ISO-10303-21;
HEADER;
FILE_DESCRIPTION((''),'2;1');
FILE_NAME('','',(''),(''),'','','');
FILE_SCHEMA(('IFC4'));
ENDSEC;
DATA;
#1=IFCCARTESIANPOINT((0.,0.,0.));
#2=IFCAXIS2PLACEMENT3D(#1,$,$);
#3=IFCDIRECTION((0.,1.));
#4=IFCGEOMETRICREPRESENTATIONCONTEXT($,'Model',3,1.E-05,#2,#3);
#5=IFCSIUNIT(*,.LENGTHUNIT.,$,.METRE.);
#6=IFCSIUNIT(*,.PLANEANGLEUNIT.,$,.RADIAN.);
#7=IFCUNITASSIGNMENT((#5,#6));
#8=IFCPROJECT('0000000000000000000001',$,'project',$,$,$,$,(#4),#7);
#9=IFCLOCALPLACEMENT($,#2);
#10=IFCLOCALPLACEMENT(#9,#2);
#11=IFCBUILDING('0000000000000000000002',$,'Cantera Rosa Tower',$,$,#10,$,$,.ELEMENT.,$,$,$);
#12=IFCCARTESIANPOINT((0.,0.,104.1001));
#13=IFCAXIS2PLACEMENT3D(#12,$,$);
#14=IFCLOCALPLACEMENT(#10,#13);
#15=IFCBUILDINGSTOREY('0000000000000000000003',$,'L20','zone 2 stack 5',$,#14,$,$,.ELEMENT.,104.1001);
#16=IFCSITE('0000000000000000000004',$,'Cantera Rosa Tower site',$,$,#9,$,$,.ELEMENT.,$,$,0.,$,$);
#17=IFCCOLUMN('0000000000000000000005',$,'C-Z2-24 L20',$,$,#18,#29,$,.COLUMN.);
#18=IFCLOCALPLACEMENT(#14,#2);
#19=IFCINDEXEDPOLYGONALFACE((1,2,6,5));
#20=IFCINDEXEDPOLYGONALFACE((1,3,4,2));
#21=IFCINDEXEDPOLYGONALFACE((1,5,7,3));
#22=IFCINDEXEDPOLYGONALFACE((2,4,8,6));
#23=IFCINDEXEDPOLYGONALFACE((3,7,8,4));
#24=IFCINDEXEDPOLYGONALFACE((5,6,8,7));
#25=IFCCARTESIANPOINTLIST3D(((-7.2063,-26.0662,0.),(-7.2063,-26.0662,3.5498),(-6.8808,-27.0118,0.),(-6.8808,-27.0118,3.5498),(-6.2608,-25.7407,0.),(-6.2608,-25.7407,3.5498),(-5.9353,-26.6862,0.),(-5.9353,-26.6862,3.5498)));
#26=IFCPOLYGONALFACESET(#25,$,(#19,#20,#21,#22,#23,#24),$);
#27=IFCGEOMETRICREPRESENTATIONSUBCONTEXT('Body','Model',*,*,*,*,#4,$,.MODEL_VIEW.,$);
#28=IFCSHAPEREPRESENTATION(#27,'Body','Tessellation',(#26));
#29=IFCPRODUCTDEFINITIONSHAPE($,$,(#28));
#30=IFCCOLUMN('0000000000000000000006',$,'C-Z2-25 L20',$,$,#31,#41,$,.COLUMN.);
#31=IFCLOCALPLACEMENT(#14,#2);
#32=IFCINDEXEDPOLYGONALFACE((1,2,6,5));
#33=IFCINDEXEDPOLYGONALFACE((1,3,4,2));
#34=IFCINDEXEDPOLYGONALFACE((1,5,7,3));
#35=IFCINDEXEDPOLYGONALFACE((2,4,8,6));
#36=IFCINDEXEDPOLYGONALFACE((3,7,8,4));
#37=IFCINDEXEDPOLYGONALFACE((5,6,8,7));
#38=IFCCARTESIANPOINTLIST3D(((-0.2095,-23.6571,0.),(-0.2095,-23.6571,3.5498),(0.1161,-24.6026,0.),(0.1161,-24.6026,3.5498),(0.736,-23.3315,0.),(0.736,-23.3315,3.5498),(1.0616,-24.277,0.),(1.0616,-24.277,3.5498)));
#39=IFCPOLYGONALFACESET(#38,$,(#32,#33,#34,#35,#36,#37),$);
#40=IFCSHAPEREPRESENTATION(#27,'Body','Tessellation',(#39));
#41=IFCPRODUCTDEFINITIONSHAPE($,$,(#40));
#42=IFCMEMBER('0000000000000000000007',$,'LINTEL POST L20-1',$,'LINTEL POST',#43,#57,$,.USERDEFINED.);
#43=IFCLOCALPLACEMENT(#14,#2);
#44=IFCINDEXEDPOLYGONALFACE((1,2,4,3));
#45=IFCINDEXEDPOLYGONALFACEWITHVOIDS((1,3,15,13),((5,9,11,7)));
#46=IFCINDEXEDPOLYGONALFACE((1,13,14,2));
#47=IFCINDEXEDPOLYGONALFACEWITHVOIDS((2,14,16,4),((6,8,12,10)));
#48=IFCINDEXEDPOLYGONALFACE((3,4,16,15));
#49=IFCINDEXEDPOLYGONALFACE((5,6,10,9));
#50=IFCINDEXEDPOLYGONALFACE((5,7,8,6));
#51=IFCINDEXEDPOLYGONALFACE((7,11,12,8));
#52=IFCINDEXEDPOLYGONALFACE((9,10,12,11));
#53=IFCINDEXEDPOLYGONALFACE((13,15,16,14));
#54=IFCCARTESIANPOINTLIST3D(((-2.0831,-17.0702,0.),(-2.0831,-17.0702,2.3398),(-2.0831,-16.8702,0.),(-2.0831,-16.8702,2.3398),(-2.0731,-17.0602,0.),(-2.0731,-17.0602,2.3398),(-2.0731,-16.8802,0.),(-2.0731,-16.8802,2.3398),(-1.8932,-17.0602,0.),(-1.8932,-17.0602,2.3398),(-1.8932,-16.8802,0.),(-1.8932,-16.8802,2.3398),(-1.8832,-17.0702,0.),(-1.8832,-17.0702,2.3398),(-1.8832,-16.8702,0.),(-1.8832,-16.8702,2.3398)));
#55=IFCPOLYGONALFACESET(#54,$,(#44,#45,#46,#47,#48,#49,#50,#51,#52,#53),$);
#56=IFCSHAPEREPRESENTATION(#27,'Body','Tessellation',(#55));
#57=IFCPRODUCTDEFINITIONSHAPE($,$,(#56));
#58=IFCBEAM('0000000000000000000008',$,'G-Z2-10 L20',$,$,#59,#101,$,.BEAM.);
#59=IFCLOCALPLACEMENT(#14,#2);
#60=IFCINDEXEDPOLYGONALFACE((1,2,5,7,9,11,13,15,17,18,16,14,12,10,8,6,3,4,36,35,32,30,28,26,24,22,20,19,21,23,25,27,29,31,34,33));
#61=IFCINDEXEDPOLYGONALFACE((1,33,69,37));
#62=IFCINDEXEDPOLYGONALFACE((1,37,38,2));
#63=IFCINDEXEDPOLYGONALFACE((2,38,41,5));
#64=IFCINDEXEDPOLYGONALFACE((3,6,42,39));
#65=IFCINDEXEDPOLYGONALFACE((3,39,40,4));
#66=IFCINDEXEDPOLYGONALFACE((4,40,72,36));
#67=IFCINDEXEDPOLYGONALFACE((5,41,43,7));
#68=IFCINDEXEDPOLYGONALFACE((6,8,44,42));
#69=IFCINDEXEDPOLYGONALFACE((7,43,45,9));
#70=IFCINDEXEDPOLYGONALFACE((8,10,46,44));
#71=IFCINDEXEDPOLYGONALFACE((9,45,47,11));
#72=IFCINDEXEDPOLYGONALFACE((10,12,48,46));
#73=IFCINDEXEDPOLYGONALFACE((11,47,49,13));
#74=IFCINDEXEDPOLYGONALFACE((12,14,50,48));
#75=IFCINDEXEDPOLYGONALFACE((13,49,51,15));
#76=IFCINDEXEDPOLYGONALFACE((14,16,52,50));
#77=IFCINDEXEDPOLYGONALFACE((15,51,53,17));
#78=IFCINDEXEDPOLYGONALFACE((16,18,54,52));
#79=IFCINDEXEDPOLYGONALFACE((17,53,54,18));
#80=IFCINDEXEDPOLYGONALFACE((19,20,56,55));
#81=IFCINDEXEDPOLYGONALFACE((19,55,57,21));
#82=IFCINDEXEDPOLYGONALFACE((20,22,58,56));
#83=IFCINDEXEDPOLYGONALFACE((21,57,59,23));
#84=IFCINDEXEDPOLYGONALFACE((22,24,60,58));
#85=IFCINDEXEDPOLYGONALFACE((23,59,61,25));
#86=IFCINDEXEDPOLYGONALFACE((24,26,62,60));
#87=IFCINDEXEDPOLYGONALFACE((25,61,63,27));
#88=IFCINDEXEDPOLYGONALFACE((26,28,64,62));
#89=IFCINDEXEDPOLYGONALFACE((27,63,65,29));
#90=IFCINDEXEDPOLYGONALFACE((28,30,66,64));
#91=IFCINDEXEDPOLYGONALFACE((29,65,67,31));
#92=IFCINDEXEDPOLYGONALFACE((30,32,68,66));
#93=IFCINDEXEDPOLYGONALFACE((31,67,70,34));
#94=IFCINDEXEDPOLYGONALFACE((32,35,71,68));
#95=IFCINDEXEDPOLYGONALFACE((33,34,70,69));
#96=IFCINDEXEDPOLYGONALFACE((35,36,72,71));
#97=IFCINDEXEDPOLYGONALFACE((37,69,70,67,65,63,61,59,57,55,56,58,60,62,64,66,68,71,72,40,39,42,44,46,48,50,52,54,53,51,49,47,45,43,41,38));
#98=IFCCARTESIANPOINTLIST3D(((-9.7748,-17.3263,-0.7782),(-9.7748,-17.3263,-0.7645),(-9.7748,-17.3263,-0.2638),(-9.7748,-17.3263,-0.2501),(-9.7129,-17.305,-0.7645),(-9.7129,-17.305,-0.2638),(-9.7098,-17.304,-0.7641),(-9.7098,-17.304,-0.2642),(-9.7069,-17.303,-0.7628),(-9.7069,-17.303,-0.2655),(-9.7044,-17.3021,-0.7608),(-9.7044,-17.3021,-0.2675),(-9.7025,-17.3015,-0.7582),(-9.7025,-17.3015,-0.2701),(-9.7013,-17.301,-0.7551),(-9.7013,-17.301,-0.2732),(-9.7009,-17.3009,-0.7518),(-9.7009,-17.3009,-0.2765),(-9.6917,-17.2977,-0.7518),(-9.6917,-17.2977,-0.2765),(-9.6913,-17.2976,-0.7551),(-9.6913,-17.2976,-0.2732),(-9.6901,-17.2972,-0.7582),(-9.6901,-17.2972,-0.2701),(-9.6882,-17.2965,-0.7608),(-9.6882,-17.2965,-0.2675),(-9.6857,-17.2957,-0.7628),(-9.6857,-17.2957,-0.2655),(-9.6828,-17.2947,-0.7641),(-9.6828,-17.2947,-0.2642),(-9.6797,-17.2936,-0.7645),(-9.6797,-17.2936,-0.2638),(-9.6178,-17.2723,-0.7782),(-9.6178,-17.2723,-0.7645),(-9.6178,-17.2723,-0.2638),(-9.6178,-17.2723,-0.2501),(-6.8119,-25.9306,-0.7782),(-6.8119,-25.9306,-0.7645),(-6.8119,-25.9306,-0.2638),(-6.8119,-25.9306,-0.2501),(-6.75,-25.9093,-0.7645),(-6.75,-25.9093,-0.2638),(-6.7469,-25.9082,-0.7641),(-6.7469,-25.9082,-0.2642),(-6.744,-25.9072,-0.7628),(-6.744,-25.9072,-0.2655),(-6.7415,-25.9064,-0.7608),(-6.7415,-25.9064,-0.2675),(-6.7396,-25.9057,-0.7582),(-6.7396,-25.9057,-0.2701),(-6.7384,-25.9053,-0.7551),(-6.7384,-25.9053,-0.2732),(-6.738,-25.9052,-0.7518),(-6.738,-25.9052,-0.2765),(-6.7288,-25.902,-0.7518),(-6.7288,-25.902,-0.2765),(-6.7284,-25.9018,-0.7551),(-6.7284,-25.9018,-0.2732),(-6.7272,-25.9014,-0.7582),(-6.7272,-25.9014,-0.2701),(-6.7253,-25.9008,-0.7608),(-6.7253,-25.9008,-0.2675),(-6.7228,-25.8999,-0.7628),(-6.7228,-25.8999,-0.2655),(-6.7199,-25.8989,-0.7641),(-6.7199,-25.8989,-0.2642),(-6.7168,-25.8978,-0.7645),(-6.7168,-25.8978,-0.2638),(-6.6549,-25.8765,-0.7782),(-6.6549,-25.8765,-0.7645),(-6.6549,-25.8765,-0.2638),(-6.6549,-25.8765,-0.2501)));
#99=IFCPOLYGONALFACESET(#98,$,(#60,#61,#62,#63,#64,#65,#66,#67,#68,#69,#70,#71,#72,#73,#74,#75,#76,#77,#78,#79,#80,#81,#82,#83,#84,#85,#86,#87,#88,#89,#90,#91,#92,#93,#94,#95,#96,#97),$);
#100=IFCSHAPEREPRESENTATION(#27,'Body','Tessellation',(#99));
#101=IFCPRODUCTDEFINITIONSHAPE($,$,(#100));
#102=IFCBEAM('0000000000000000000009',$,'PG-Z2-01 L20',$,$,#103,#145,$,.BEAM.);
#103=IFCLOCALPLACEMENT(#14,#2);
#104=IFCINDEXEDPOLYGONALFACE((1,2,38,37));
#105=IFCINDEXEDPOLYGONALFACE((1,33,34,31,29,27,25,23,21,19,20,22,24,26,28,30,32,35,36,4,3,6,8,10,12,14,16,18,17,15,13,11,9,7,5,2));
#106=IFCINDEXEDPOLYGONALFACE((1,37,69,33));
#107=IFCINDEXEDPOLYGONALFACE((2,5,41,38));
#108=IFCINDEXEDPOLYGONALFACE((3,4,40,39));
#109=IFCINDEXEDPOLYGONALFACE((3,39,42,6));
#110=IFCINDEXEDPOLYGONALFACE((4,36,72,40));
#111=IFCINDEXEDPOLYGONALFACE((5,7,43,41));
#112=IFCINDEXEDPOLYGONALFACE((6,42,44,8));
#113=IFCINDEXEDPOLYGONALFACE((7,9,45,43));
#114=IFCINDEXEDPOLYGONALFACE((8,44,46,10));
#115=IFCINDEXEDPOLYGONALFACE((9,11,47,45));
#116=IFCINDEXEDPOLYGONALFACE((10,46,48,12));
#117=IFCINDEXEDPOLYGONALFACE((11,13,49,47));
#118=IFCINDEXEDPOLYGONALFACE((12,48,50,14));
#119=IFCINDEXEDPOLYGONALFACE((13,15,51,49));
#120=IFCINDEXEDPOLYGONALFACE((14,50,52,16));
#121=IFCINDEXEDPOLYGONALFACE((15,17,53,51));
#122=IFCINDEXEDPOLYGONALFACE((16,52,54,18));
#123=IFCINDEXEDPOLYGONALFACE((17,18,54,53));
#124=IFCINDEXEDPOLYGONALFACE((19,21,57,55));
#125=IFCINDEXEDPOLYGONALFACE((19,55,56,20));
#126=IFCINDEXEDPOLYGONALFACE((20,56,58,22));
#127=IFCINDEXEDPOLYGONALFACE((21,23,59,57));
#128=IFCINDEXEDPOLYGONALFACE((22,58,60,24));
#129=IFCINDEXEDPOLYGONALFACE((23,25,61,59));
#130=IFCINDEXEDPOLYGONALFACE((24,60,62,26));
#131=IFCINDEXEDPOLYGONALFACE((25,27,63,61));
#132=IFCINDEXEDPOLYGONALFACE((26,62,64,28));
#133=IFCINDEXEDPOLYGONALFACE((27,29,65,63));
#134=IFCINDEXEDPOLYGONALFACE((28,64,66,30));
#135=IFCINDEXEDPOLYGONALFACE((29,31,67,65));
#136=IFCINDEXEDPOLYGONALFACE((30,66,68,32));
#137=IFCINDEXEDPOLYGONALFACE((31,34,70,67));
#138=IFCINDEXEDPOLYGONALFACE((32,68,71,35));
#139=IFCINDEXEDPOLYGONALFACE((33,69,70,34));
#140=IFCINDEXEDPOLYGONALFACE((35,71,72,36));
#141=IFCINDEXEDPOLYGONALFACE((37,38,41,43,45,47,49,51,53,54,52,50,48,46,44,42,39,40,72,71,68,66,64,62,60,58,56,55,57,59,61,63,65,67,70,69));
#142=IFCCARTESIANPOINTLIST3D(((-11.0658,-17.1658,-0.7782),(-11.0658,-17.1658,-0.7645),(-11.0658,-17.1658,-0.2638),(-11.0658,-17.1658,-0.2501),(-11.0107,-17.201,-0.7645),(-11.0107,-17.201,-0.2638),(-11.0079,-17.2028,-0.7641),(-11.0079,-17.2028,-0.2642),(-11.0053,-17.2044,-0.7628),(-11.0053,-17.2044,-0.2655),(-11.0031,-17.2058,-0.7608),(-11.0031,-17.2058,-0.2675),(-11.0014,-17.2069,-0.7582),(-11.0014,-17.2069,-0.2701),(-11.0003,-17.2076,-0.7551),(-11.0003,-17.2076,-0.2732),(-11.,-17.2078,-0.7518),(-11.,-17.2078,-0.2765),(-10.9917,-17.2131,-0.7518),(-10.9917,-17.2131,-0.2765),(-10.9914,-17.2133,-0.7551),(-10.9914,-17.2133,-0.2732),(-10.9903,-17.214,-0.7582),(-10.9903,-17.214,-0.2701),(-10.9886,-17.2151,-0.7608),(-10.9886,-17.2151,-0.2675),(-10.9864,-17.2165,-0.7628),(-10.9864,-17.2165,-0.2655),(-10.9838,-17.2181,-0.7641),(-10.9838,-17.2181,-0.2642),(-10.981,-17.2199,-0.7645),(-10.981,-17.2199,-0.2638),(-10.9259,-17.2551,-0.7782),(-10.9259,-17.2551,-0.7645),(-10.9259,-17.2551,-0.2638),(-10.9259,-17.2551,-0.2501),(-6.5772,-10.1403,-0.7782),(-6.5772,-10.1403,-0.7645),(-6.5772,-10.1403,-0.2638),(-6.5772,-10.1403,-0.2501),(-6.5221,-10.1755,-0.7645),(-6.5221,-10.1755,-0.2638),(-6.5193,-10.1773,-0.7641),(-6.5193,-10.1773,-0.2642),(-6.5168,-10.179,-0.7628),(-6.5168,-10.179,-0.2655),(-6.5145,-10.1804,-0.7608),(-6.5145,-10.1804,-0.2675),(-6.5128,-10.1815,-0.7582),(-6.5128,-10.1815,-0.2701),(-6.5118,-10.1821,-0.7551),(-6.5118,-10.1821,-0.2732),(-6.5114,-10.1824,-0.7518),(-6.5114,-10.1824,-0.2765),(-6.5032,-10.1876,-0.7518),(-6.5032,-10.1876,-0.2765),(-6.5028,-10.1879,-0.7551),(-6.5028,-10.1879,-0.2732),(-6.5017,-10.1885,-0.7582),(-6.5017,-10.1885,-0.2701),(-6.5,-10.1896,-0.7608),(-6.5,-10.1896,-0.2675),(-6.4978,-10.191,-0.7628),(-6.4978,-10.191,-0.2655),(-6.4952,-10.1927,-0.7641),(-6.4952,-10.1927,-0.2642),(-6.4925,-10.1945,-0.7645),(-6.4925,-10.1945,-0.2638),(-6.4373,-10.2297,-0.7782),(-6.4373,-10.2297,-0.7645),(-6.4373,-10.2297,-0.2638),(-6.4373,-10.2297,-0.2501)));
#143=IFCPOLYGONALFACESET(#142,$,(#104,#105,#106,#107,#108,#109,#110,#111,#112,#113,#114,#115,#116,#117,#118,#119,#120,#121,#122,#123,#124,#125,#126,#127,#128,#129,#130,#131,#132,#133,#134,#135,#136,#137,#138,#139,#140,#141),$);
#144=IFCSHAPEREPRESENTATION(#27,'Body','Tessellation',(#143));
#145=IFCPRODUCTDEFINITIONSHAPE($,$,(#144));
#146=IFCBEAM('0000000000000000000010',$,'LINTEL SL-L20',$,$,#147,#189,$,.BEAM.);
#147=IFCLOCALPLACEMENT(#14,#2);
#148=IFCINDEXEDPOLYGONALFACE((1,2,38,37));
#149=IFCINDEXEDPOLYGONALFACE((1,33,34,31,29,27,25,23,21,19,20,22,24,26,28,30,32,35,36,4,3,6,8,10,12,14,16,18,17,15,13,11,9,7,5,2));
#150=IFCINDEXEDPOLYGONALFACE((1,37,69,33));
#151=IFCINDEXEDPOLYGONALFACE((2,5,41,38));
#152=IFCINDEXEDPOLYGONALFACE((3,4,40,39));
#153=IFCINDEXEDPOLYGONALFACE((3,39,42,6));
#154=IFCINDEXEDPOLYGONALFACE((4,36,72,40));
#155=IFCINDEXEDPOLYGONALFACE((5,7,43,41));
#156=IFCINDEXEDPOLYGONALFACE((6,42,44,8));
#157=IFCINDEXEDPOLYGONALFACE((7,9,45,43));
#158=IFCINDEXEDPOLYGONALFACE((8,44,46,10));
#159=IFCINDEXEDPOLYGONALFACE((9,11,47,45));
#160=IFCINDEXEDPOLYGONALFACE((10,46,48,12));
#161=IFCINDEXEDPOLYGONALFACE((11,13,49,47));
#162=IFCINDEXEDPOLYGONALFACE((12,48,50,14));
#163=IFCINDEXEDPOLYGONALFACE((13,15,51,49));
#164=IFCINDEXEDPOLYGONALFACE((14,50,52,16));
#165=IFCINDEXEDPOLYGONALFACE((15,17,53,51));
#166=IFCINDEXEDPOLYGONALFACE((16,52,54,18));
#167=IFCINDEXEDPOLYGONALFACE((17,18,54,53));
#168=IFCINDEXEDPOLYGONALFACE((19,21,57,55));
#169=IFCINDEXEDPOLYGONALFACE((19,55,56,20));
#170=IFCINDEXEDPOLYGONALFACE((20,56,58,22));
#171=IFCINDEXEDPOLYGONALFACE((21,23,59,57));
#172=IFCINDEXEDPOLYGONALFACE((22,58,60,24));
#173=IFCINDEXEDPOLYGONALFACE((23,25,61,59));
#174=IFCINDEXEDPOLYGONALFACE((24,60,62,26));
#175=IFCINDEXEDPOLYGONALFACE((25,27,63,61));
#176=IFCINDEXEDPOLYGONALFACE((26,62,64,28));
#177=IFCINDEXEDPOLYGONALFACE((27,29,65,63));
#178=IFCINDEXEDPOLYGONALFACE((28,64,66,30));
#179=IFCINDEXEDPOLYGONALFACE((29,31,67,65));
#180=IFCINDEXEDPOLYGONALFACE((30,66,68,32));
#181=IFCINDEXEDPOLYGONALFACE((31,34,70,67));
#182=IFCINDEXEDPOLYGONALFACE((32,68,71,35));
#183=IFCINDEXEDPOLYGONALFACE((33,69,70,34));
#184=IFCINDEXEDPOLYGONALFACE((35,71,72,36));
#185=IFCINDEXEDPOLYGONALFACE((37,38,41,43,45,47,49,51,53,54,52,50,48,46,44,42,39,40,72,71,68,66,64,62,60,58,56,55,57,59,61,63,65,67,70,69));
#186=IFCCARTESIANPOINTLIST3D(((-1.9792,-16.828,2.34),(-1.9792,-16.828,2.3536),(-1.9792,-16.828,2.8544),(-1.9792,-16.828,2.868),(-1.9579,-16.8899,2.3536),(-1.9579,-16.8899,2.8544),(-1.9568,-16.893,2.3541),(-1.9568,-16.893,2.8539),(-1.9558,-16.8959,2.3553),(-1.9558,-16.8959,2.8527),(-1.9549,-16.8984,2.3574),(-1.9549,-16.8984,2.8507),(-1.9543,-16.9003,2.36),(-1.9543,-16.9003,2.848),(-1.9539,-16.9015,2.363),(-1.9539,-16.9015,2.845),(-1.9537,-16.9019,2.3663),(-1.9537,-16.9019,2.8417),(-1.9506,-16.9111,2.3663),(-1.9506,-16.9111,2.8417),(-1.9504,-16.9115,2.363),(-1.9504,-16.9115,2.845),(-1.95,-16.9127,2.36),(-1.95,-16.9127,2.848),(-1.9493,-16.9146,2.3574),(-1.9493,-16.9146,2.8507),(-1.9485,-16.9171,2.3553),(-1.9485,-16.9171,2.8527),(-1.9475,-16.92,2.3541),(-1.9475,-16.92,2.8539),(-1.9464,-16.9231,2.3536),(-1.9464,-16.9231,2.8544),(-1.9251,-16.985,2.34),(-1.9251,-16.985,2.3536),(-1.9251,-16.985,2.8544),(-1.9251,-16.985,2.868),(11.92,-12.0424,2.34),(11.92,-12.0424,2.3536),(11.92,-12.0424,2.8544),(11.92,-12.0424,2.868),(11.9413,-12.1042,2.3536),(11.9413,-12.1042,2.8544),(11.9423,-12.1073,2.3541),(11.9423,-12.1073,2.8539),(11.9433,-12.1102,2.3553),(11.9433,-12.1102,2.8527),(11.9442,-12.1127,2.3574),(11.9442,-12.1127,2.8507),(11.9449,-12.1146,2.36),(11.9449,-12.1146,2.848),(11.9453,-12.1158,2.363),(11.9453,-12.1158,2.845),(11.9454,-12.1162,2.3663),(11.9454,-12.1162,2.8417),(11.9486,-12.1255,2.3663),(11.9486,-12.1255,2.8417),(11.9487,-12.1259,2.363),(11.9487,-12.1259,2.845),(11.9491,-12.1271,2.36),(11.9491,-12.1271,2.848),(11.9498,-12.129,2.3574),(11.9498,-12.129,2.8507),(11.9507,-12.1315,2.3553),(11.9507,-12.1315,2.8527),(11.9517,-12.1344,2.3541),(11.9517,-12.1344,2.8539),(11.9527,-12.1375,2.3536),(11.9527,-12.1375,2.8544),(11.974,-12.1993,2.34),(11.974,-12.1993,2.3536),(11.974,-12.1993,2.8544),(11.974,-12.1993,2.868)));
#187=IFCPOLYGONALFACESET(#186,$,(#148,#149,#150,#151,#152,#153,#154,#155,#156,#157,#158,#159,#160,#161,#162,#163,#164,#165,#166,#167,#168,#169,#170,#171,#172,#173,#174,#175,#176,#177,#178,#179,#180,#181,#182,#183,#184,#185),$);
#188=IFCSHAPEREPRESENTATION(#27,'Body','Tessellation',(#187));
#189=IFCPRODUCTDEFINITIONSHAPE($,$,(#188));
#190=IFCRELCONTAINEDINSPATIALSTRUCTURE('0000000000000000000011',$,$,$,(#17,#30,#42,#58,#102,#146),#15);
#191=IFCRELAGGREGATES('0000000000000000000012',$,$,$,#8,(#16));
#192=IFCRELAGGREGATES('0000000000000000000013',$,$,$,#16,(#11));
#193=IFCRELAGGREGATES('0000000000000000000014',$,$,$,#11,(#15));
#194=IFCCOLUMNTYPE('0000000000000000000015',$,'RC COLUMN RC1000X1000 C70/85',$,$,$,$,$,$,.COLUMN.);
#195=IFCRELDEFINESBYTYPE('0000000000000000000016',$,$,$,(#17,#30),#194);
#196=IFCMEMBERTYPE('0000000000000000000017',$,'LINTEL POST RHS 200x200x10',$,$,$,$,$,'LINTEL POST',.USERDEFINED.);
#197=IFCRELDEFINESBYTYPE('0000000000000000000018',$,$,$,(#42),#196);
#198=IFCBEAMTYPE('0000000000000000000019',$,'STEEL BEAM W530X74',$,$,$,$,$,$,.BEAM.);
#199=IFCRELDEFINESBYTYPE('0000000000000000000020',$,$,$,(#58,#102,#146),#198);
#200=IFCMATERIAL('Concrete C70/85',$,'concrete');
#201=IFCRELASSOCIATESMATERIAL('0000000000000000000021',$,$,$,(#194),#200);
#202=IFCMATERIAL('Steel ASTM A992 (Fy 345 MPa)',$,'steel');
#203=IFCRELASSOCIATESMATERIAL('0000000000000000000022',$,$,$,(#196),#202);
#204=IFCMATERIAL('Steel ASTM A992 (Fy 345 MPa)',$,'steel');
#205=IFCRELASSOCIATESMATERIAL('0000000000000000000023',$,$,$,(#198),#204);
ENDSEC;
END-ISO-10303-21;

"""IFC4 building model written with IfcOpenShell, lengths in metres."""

from ifc_helpers import new_model, si_unit, direction, frame, origin, origin_2d, place, context, subcontext, project, spatial, rectangle, hollow_rectangle, i_section, extrude, material, material_profile, profile_set, type_object, element, save


model = new_model("IFC4")

# Units and contexts
model_context = context("Model", 3, precision=1e-05, world=origin(), true_north=direction((0.0, 1.0)))
body_context = subcontext(model_context, "Body", "Model", "MODEL_VIEW")
ifc_project = project(units=[si_unit("LENGTHUNIT", "METRE"), si_unit("PLANEANGLEUNIT", "RADIAN")], contexts=[model_context])

# Site, building, storey
site_placement = place(None, origin())
site = spatial("IfcSite", under=ifc_project, at=site_placement, Name="Cantera Rosa Tower site", CompositionType="ELEMENT", RefElevation=0.0)
building_placement = place(site_placement, origin())
building = spatial("IfcBuilding", under=site, at=building_placement, Name="Cantera Rosa Tower", CompositionType="ELEMENT")
storey_placement = place(building_placement, frame((0.0, 0.0, 104.1001)))
storey = spatial("IfcBuildingStorey", under=building, at=storey_placement, Name="L20", Description="zone 2 stack 5", CompositionType="ELEMENT", Elevation=104.1001)

# Columns
ifc_material_1 = material(Name="Concrete C70/85", Category="concrete")
ifc_material_profile_1 = material_profile(ifc_material_1, rectangle(XDim=1.0, YDim=1.0, at=origin_2d()), Name="RC COLUMN RC1000X1000 C70/85")
ifc_profile_set_1 = profile_set([ifc_material_profile_1], Name="Concrete C70/85")
column_type = type_object("IfcColumnType", Name="RC COLUMN RC1000X1000 C70/85", PredefinedType="COLUMN", material=ifc_profile_set_1)
for number, where, z_axis, x_axis, name in (
    (1, (-6.5708, -26.3762, 0.0), (0.0, 0.0, 1.0), (0.945519, 0.325568, 0.0), "C-Z2-24 L20"),
    (2, (0.426, -23.967, 0.0), (0.0, 0.0, 1.0), (0.945519, 0.325568, 0.0), "C-Z2-25 L20"),
):
    element("IfcColumn", number, at=place(storey_placement, frame(where, z_axis=z_axis, x_axis=x_axis)), inside=storey, type_object=column_type, Name=name, PredefinedType="COLUMN", context=body_context, shape_type="SweptSolid", body=[
        extrude(rectangle(XDim=1.0, YDim=1.0, at=origin_2d()), origin(), (0.0, 0.0, 1.0), 3.5498),
    ])

# Member
ifc_material_2 = material(Name="Steel ASTM A992 (Fy 345 MPa)", Category="steel")
ifc_material_profile_2 = material_profile(ifc_material_2, hollow_rectangle(XDim=0.2, YDim=0.2, WallThickness=0.01, at=origin_2d()), Name="LINTEL POST RHS 200x200x10")
ifc_profile_set_2 = profile_set([ifc_material_profile_2], Name="Steel ASTM A992 (Fy 345 MPa)")
member_type = type_object("IfcMemberType", Name="LINTEL POST RHS 200x200x10", ElementType="LINTEL POST", PredefinedType="USERDEFINED", material=ifc_profile_set_2)
member_placement = place(storey_placement, frame((-1.9832, -16.9702, 0.0), z_axis=(0.0, 0.0, 1.0), x_axis=(1.0, 0.0, 0.0)))
element("IfcMember", 3, at=member_placement, inside=storey, type_object=member_type, Name="LINTEL POST L20-1", ObjectType="LINTEL POST", PredefinedType="USERDEFINED", context=body_context, shape_type="SweptSolid", body=[
    extrude(hollow_rectangle(XDim=0.2, YDim=0.2, WallThickness=0.01, at=origin_2d()), origin(), (0.0, 0.0, 1.0), 2.3398),
])

# Beams
ifc_material_3 = material(Name="Steel ASTM A992 (Fy 345 MPa)", Category="steel")
ifc_material_profile_3 = material_profile(ifc_material_3, i_section(OverallWidth=0.166, OverallDepth=0.5281, WebThickness=0.0098, FlangeThickness=0.0137, FilletRadius=0.0127, at=origin_2d()), Name="W530X74")
ifc_profile_set_3 = profile_set([ifc_material_profile_3], Name="Steel ASTM A992 (Fy 345 MPa)")
beam_type_1 = type_object("IfcBeamType", Name="STEEL BEAM W530X74", PredefinedType="BEAM", material=ifc_profile_set_3)
beam_1_placement = place(storey_placement, frame((-6.7334, -25.9036, -0.5142), z_axis=(-0.325589, 0.945511, 0.0), x_axis=(-0.945511, -0.325589, 0.0)))
element("IfcBeam", 4, at=beam_1_placement, inside=storey, type_object=beam_type_1, Name="G-Z2-10 L20", PredefinedType="BEAM", context=body_context, shape_type="SweptSolid", body=[
    extrude(i_section(OverallWidth=0.166, OverallDepth=0.5281, WebThickness=0.0098, FlangeThickness=0.0137, FilletRadius=0.0127, at=origin_2d()), origin(), (0.0, 0.0, 1.0), 9.1001),
])
beam_2_placement = place(storey_placement, frame((-10.9958, -17.2104, -0.5142), z_axis=(0.538396, 0.842692, 0.0), x_axis=(-0.842692, 0.538396, 0.0)))
element("IfcBeam", 5, at=beam_2_placement, inside=storey, type_object=beam_type_1, Name="PG-Z2-01 L20", PredefinedType="BEAM", context=body_context, shape_type="SweptSolid", body=[
    extrude(i_section(OverallWidth=0.166, OverallDepth=0.5281, WebThickness=0.0098, FlangeThickness=0.0137, FilletRadius=0.0127, at=origin_2d()), origin(), (0.0, 0.0, 1.0), 8.3369),
])
beam_3_placement = place(storey_placement, frame((-1.9521, -16.9065, 2.604), z_axis=(0.945523, 0.325555, 0.0), x_axis=(-0.325555, 0.945523, 0.0)))
element("IfcBeam", 6, at=beam_3_placement, inside=storey, type_object=beam_type_1, Name="LINTEL SL-L20", PredefinedType="BEAM", context=body_context, shape_type="SweptSolid", body=[
    extrude(i_section(OverallWidth=0.166, OverallDepth=0.5281, WebThickness=0.0098, FlangeThickness=0.0137, FilletRadius=0.0127, at=origin_2d()), origin(), (0.0, 0.0, 1.0), 14.7),
])

save(model, "model.ifc")
